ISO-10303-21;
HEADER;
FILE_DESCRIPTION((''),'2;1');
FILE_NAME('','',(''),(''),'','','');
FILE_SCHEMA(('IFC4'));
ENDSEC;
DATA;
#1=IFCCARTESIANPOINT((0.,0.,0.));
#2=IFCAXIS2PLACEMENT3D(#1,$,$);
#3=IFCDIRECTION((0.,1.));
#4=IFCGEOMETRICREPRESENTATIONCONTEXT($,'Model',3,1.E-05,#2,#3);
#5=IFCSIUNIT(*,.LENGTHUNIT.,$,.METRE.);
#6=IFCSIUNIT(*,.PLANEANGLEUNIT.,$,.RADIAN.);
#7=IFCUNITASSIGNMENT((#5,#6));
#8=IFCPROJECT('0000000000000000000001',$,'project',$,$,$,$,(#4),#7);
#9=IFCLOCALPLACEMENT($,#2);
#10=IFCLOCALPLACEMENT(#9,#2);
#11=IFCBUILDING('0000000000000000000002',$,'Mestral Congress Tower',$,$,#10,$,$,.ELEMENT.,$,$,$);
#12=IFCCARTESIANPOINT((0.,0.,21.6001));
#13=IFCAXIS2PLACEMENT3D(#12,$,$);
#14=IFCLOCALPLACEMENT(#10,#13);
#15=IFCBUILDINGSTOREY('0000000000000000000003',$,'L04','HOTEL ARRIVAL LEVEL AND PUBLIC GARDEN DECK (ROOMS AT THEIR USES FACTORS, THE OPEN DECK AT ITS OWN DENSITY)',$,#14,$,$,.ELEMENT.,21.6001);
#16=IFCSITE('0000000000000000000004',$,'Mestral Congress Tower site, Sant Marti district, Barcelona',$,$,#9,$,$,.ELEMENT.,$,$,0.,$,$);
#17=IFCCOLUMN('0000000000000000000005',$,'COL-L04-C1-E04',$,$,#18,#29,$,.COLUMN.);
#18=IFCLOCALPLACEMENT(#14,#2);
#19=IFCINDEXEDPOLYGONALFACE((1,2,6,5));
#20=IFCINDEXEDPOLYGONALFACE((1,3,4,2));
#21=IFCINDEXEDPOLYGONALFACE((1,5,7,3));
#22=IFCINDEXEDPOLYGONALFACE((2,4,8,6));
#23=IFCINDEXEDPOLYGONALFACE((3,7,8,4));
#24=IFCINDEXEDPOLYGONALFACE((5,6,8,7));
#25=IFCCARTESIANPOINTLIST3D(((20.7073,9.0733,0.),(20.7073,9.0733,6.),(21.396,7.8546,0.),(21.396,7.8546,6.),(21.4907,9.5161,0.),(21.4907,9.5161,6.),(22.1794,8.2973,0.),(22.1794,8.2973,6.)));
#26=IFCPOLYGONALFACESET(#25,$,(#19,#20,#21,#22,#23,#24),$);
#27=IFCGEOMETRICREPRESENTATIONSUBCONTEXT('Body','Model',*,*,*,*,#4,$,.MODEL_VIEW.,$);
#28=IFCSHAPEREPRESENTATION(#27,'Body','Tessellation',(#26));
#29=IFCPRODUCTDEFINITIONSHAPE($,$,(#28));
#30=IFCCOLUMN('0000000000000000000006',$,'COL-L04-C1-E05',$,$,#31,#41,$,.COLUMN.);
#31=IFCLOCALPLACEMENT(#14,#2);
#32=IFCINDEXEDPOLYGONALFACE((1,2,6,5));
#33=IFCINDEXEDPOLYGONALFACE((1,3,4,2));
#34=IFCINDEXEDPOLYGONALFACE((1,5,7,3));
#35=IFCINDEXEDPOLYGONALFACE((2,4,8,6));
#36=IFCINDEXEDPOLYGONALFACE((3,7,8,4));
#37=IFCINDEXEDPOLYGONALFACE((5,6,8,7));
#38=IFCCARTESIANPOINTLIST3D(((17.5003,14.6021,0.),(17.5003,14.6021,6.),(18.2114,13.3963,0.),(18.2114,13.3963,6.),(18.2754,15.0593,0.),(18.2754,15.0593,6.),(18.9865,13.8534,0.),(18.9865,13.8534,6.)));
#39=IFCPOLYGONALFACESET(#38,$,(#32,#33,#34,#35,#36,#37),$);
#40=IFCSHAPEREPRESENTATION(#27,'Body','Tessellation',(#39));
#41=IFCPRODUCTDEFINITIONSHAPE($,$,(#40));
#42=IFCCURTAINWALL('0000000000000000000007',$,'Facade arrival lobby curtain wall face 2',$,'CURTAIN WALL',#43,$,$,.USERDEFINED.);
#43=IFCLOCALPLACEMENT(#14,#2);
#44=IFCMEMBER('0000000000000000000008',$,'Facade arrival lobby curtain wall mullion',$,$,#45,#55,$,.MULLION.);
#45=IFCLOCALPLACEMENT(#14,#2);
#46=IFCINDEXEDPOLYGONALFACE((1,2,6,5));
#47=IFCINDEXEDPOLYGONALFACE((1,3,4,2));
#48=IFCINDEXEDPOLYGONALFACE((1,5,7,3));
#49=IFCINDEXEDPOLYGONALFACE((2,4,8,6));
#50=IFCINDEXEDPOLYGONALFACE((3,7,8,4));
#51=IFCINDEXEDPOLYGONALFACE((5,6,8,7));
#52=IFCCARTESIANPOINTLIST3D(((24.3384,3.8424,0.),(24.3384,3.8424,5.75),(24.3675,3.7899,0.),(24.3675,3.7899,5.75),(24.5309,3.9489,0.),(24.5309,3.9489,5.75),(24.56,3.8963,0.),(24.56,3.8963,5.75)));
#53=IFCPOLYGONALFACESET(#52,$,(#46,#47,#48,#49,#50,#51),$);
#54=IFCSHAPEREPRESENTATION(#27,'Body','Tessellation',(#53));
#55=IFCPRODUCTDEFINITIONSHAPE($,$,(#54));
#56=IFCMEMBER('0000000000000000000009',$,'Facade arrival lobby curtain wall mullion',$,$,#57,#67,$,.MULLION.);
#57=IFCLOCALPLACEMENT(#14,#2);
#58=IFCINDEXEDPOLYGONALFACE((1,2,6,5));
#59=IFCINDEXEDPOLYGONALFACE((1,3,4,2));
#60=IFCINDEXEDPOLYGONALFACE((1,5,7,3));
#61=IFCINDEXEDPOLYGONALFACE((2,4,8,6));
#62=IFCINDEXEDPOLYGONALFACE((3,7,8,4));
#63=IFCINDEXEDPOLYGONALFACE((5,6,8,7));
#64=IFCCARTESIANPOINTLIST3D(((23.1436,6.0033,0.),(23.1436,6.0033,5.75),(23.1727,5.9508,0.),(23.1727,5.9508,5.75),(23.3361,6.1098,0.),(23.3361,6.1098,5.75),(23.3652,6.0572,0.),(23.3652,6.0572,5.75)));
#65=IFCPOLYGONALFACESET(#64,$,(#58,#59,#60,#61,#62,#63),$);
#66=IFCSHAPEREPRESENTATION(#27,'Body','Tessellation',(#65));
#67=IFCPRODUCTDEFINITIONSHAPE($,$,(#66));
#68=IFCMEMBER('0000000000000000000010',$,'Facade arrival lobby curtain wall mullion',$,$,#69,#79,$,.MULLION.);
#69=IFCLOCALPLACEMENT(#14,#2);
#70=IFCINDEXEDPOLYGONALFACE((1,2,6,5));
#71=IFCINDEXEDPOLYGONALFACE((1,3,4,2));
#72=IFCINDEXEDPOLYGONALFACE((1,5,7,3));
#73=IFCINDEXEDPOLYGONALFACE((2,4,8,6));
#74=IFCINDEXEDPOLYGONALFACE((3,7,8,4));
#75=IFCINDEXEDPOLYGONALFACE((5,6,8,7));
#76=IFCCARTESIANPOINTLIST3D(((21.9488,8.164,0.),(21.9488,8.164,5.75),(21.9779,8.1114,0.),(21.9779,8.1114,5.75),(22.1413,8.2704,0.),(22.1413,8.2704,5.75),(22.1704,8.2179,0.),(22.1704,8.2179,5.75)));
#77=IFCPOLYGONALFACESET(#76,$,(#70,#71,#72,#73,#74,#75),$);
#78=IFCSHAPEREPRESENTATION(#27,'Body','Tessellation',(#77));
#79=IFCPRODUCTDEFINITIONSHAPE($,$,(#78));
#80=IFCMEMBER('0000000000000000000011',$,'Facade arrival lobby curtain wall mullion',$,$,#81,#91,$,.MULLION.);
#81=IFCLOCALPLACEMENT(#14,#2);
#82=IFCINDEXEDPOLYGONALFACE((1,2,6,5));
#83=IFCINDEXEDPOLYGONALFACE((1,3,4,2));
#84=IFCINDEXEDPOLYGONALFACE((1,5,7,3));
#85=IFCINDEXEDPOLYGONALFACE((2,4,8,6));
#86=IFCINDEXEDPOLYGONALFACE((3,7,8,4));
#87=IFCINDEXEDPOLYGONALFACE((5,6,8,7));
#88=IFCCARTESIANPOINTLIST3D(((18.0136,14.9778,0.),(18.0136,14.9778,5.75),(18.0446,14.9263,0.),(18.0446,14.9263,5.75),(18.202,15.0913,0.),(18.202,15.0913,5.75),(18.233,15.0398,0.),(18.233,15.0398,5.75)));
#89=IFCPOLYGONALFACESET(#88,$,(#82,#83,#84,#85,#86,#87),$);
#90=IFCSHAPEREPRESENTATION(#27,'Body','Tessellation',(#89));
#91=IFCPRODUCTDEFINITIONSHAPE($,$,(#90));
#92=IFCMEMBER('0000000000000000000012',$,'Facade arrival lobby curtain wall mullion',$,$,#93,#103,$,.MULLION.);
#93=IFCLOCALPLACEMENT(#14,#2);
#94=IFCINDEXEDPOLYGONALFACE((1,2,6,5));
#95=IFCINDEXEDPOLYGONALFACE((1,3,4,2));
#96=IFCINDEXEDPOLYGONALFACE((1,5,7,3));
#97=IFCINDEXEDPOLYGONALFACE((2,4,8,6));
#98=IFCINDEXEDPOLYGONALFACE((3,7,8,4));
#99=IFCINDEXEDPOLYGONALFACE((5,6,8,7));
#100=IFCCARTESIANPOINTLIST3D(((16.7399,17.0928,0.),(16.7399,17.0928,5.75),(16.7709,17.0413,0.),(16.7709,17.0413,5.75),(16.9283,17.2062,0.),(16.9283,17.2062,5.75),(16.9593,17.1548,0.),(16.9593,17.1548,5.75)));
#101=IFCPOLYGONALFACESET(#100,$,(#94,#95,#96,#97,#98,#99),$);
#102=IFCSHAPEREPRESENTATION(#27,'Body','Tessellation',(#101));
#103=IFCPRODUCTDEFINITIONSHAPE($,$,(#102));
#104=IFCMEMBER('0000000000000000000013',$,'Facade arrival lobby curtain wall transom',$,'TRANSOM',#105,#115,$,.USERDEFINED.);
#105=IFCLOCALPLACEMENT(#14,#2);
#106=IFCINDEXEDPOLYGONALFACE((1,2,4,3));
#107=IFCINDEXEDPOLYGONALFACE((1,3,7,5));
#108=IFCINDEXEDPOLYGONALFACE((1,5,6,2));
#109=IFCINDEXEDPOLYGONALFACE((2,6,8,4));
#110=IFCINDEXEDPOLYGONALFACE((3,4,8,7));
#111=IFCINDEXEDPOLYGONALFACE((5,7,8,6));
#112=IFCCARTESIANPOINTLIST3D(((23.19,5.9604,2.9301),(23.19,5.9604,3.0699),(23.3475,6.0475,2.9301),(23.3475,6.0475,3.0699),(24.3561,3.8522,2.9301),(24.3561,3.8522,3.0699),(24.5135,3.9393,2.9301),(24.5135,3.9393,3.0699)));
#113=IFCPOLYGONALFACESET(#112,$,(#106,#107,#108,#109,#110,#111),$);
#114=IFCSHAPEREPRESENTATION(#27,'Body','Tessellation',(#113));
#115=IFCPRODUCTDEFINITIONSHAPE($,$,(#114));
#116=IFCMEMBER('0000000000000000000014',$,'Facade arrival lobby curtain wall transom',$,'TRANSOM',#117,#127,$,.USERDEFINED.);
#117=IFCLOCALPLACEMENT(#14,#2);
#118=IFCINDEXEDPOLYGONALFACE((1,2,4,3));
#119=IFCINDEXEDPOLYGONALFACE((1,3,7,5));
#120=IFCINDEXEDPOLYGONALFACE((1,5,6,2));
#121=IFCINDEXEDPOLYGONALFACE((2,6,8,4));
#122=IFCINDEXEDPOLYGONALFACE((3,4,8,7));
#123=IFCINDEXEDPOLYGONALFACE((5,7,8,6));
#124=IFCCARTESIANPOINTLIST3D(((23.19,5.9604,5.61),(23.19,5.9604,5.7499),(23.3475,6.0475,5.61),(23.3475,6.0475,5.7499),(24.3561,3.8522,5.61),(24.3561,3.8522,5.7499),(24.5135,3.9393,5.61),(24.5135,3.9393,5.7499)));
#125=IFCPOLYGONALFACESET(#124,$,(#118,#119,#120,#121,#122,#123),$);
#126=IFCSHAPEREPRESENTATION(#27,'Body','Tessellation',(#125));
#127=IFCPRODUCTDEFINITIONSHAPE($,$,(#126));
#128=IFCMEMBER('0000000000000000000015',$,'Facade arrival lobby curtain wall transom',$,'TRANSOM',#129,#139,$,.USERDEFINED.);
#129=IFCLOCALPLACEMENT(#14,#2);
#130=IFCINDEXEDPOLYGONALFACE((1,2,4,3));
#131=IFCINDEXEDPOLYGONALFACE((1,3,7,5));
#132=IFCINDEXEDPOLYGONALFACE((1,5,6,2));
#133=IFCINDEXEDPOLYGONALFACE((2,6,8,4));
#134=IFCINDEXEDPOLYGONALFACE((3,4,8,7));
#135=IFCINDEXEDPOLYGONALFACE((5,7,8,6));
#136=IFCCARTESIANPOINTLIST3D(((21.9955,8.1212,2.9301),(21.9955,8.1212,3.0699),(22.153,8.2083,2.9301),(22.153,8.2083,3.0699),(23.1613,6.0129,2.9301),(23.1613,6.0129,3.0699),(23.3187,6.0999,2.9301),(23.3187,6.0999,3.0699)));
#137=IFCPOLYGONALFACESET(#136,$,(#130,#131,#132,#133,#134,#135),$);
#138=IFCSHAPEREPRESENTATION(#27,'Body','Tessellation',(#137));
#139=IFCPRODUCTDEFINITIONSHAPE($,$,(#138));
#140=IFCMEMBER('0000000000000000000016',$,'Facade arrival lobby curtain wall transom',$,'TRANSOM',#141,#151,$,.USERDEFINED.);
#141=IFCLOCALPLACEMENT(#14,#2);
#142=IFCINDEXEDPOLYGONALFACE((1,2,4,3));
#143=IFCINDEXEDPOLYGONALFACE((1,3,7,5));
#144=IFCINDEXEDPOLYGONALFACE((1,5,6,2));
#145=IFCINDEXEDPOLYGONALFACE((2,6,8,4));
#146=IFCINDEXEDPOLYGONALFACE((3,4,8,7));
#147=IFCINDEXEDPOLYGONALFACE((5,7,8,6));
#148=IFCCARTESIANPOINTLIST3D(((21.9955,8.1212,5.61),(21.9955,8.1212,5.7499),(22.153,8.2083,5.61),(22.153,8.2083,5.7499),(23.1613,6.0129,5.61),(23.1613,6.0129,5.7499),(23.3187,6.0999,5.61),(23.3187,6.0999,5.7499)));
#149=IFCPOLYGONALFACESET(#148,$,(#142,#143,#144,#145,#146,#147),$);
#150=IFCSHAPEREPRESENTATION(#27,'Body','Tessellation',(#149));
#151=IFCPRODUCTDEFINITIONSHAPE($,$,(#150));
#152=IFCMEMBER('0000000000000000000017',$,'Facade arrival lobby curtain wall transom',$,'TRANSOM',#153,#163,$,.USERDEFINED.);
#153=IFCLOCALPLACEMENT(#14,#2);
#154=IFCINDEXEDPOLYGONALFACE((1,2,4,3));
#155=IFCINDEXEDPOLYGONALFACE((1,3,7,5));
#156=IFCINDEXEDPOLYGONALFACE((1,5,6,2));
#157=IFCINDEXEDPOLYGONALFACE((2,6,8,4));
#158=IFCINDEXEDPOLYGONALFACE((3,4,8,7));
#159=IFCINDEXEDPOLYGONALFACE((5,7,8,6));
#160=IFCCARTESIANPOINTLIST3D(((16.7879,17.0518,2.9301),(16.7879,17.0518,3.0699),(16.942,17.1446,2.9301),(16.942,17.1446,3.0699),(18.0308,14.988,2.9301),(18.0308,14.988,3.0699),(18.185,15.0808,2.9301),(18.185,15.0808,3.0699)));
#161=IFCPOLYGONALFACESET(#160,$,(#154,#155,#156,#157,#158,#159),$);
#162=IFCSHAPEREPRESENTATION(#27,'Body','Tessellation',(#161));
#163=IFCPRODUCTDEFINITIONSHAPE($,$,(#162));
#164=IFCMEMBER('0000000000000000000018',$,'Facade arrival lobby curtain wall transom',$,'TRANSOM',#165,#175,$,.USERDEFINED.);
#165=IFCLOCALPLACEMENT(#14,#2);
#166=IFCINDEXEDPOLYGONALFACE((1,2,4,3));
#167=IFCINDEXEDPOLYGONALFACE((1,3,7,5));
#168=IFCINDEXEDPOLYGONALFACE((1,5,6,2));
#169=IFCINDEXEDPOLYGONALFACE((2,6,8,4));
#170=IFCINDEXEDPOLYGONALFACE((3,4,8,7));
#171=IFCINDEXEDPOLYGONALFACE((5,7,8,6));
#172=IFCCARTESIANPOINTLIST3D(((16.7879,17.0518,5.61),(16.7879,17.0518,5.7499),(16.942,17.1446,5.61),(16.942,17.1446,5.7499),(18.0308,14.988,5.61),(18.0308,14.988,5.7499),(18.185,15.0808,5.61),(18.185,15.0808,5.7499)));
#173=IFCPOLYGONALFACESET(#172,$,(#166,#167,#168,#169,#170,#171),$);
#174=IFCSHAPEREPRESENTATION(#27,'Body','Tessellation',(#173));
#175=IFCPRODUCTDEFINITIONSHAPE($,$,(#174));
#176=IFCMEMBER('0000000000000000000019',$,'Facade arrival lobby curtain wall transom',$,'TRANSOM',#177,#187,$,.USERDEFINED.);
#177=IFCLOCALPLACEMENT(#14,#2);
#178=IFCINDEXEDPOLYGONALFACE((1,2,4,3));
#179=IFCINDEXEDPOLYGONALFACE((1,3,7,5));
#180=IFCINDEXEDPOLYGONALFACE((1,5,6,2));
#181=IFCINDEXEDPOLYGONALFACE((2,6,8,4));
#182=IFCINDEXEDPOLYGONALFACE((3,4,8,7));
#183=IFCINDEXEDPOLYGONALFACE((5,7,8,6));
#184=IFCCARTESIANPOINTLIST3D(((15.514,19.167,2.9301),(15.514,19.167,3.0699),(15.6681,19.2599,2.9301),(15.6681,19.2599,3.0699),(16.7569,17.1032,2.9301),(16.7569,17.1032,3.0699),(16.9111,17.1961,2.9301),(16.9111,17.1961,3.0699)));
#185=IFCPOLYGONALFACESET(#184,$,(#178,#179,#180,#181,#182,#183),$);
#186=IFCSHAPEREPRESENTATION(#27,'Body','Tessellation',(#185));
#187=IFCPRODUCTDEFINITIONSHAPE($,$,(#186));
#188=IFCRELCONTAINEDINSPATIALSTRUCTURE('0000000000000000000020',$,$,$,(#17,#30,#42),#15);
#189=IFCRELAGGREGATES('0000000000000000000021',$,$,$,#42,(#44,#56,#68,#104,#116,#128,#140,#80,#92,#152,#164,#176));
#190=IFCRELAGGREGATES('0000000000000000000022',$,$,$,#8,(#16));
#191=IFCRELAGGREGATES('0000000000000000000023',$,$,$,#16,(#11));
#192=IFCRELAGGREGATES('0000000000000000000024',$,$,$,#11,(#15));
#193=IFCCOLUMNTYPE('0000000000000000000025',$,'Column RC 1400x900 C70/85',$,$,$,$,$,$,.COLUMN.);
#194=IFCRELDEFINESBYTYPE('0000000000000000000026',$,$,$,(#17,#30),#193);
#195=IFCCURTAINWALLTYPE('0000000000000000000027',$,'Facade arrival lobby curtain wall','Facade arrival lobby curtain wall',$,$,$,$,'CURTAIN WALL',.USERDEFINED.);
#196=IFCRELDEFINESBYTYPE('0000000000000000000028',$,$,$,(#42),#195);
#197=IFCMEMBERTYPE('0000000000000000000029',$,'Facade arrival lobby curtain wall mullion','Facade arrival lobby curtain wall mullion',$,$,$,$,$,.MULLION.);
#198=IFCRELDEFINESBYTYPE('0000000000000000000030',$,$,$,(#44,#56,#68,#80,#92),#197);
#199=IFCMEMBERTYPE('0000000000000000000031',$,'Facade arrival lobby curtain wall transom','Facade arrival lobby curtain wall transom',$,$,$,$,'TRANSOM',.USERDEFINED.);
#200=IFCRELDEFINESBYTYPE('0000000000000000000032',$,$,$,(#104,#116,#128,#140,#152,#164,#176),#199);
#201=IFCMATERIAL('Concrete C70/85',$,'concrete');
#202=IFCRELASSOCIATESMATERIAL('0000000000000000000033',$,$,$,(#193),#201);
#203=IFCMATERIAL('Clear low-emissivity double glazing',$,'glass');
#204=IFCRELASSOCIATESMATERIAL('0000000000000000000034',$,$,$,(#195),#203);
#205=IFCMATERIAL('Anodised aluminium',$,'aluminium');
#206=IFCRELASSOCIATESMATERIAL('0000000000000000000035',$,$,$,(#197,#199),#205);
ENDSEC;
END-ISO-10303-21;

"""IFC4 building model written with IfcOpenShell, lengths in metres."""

from ifc_helpers import new_model, si_unit, direction, frame, origin, origin_2d, place, context, subcontext, project, spatial, rectangle, extrude, material, material_profile, profile_set, type_object, element, aggregate, save


model = new_model("IFC4")

# Units and contexts
model_context = context("Model", 3, precision=1e-05, world=origin(), true_north=direction((0.0, 1.0)))
body_context = subcontext(model_context, "Body", "Model", "MODEL_VIEW")
ifc_project = project(units=[si_unit("LENGTHUNIT", "METRE"), si_unit("PLANEANGLEUNIT", "RADIAN")], contexts=[model_context])

# Site, building, storey
site_placement = place(None, origin())
site = spatial("IfcSite", under=ifc_project, at=site_placement, Name="Mestral Congress Tower site, Sant Marti district, Barcelona", CompositionType="ELEMENT", RefElevation=0.0)
building_placement = place(site_placement, origin())
building = spatial("IfcBuilding", under=site, at=building_placement, Name="Mestral Congress Tower", CompositionType="ELEMENT")
storey_placement = place(building_placement, frame((0.0, 0.0, 21.6001)))
storey = spatial("IfcBuildingStorey", under=building, at=storey_placement, Name="L04", Description="HOTEL ARRIVAL LEVEL AND PUBLIC GARDEN DECK (ROOMS AT THEIR USES FACTORS, THE OPEN DECK AT ITS OWN DENSITY)", CompositionType="ELEMENT", Elevation=21.6001)

# Columns
ifc_material_1 = material(Name="Concrete C70/85", Category="concrete")
ifc_material_profile_1 = material_profile(ifc_material_1, rectangle(XDim=1.3999, YDim=0.8999, at=origin_2d()), Name="RC 1400x900")
ifc_profile_set_1 = profile_set([ifc_material_profile_1], Name="Concrete C70/85")
column_type = type_object("IfcColumnType", Name="Column RC 1400x900 C70/85", PredefinedType="COLUMN", material=ifc_profile_set_1)
for number, where, z_axis, x_axis, name in (
    (1, (21.4434, 8.6853, 0.0), (0.0, 0.0, 1.0), (-0.491974, 0.87061, 0.0), "COL-L04-C1-E04"),
    (2, (18.2434, 14.2278, 0.0), (0.0, 0.0, 1.0), (-0.507983, 0.861367, 0.0), "COL-L04-C1-E05"),
):
    element("IfcColumn", number, at=place(storey_placement, frame(where, z_axis=z_axis, x_axis=x_axis)), inside=storey, type_object=column_type, Name=name, PredefinedType="COLUMN", context=body_context, shape_type="SweptSolid", body=[
        extrude(rectangle(XDim=1.3999, YDim=0.8999, at=origin_2d()), origin(), (0.0, 0.0, 1.0), 6.0),
    ])

# Curtain wall, members
ifc_material_2 = material(Name="Clear low-emissivity double glazing", Category="glass")
curtain_wall_type = type_object("IfcCurtainWallType", Name="Facade arrival lobby curtain wall", Description="Facade arrival lobby curtain wall", ElementType="CURTAIN WALL", PredefinedType="USERDEFINED", material=ifc_material_2)
curtain_wall_placement = place(storey_placement, origin())
curtain_wall = element("IfcCurtainWall", 3, at=curtain_wall_placement, inside=storey, type_object=curtain_wall_type, Name="Facade arrival lobby curtain wall face 2", ObjectType="CURTAIN WALL", PredefinedType="USERDEFINED")
ifc_material_3 = material(Name="Anodised aluminium", Category="aluminium")
ifc_material_profile_2 = material_profile(ifc_material_3, rectangle(XDim=0.22, YDim=0.0601, at=origin_2d()), Name="CW4 mullion 220 x 60")
ifc_profile_set_2 = profile_set([ifc_material_profile_2], Name="Anodised aluminium")
member_type_1 = type_object("IfcMemberType", Name="Facade arrival lobby curtain wall mullion", Description="Facade arrival lobby curtain wall mullion", PredefinedType="MULLION", material=ifc_profile_set_2)
member_1_placement = place(storey_placement, frame((24.4492, 3.8694, 0.0), z_axis=(0.0, 0.0, 1.0), x_axis=(0.87512, 0.483906, 0.0)))
member_1 = element("IfcMember", 4, at=member_1_placement, type_object=member_type_1, Name="Facade arrival lobby curtain wall mullion", PredefinedType="MULLION", context=body_context, shape_type="SweptSolid", body=[
    extrude(rectangle(XDim=0.22, YDim=0.0601, at=origin_2d()), origin(), (0.0, 0.0, 1.0), 5.75),
])
member_2_placement = place(storey_placement, frame((23.2544, 6.0303, 0.0), z_axis=(0.0, 0.0, 1.0), x_axis=(0.87512, 0.483906, 0.0)))
member_2 = element("IfcMember", 5, at=member_2_placement, type_object=member_type_1, Name="Facade arrival lobby curtain wall mullion", PredefinedType="MULLION", context=body_context, shape_type="SweptSolid", body=[
    extrude(rectangle(XDim=0.22, YDim=0.0601, at=origin_2d()), origin(), (0.0, 0.0, 1.0), 5.75),
])
member_3_placement = place(storey_placement, frame((22.0596, 8.1909, 0.0), z_axis=(0.0, 0.0, 1.0), x_axis=(0.87512, 0.483906, 0.0)))
member_3 = element("IfcMember", 6, at=member_3_placement, type_object=member_type_1, Name="Facade arrival lobby curtain wall mullion", PredefinedType="MULLION", context=body_context, shape_type="SweptSolid", body=[
    extrude(rectangle(XDim=0.22, YDim=0.0601, at=origin_2d()), origin(), (0.0, 0.0, 1.0), 5.75),
])
member_4_placement = place(storey_placement, frame((18.1233, 15.0088, 0.0), z_axis=(0.0, 0.0, 1.0), x_axis=(0.856631, 0.515929, 0.0)))
member_4 = element("IfcMember", 7, at=member_4_placement, type_object=member_type_1, Name="Facade arrival lobby curtain wall mullion", PredefinedType="MULLION", context=body_context, shape_type="SweptSolid", body=[
    extrude(rectangle(XDim=0.22, YDim=0.0601, at=origin_2d()), origin(), (0.0, 0.0, 1.0), 5.75),
])
member_5_placement = place(storey_placement, frame((16.8496, 17.1238, 0.0), z_axis=(0.0, 0.0, 1.0), x_axis=(0.856631, 0.515929, 0.0)))
member_5 = element("IfcMember", 8, at=member_5_placement, type_object=member_type_1, Name="Facade arrival lobby curtain wall mullion", PredefinedType="MULLION", context=body_context, shape_type="SweptSolid", body=[
    extrude(rectangle(XDim=0.22, YDim=0.0601, at=origin_2d()), origin(), (0.0, 0.0, 1.0), 5.75),
])
ifc_material_profile_3 = material_profile(ifc_material_3, rectangle(XDim=0.1799, YDim=0.1399, at=origin_2d()), Name="CW4 transom 180 x 140")
ifc_profile_set_3 = profile_set([ifc_material_profile_3], Name="Anodised aluminium")
member_type_2 = type_object("IfcMemberType", Name="Facade arrival lobby curtain wall transom", Description="Facade arrival lobby curtain wall transom", ElementType="TRANSOM", PredefinedType="USERDEFINED", material=ifc_profile_set_3)
member_6_placement = place(storey_placement, frame((24.4348, 3.8958, 3.0), z_axis=(-0.483999, 0.875069, 0.0), x_axis=(-0.875069, -0.483999, 0.0)))
member_6 = element("IfcMember", 9, at=member_6_placement, type_object=member_type_2, Name="Facade arrival lobby curtain wall transom", ObjectType="TRANSOM", PredefinedType="USERDEFINED", context=body_context, shape_type="SweptSolid", body=[
    extrude(rectangle(XDim=0.1799, YDim=0.1399, at=origin_2d()), origin(), (0.0, 0.0, 1.0), 2.4092),
])
member_7_placement = place(storey_placement, frame((24.4348, 3.8958, 5.6799), z_axis=(-0.483999, 0.875069, 0.0), x_axis=(-0.875069, -0.483999, 0.0)))
member_7 = element("IfcMember", 10, at=member_7_placement, type_object=member_type_2, Name="Facade arrival lobby curtain wall transom", ObjectType="TRANSOM", PredefinedType="USERDEFINED", context=body_context, shape_type="SweptSolid", body=[
    extrude(rectangle(XDim=0.1799, YDim=0.1399, at=origin_2d()), origin(), (0.0, 0.0, 1.0), 2.4092),
])
member_8_placement = place(storey_placement, frame((23.24, 6.0564, 3.0), z_axis=(-0.483878, 0.875135, 0.0), x_axis=(-0.875135, -0.483878, 0.0)))
member_8 = element("IfcMember", 11, at=member_8_placement, type_object=member_type_2, Name="Facade arrival lobby curtain wall transom", ObjectType="TRANSOM", PredefinedType="USERDEFINED", context=body_context, shape_type="SweptSolid", body=[
    extrude(rectangle(XDim=0.1799, YDim=0.1399, at=origin_2d()), origin(), (0.0, 0.0, 1.0), 2.4092),
])
member_9_placement = place(storey_placement, frame((23.24, 6.0564, 5.6799), z_axis=(-0.483878, 0.875135, 0.0), x_axis=(-0.875135, -0.483878, 0.0)))
member_9 = element("IfcMember", 12, at=member_9_placement, type_object=member_type_2, Name="Facade arrival lobby curtain wall transom", ObjectType="TRANSOM", PredefinedType="USERDEFINED", context=body_context, shape_type="SweptSolid", body=[
    extrude(rectangle(XDim=0.1799, YDim=0.1399, at=origin_2d()), origin(), (0.0, 0.0, 1.0), 2.4092),
])
member_10_placement = place(storey_placement, frame((18.1079, 15.0344, 3.0), z_axis=(-0.515926, 0.856633, 0.0), x_axis=(-0.856633, -0.515926, 0.0)))
member_10 = element("IfcMember", 13, at=member_10_placement, type_object=member_type_2, Name="Facade arrival lobby curtain wall transom", ObjectType="TRANSOM", PredefinedType="USERDEFINED", context=body_context, shape_type="SweptSolid", body=[
    extrude(rectangle(XDim=0.1799, YDim=0.1399, at=origin_2d()), origin(), (0.0, 0.0, 1.0), 2.4092),
])
member_11_placement = place(storey_placement, frame((18.1079, 15.0344, 5.6799), z_axis=(-0.515926, 0.856633, 0.0), x_axis=(-0.856633, -0.515926, 0.0)))
member_11 = element("IfcMember", 14, at=member_11_placement, type_object=member_type_2, Name="Facade arrival lobby curtain wall transom", ObjectType="TRANSOM", PredefinedType="USERDEFINED", context=body_context, shape_type="SweptSolid", body=[
    extrude(rectangle(XDim=0.1799, YDim=0.1399, at=origin_2d()), origin(), (0.0, 0.0, 1.0), 2.4092),
])
member_12_placement = place(storey_placement, frame((16.834, 17.1497, 3.0), z_axis=(-0.515926, 0.856633, 0.0), x_axis=(-0.856633, -0.515926, 0.0)))
member_12 = element("IfcMember", 15, at=member_12_placement, type_object=member_type_2, Name="Facade arrival lobby curtain wall transom", ObjectType="TRANSOM", PredefinedType="USERDEFINED", context=body_context, shape_type="SweptSolid", body=[
    extrude(rectangle(XDim=0.1799, YDim=0.1399, at=origin_2d()), origin(), (0.0, 0.0, 1.0), 2.4092),
])

aggregate(curtain_wall, [member_1, member_2, member_3, member_6, member_7, member_8, member_9, member_4, member_5, member_10, member_11, member_12])

save(model, "model.ifc")
